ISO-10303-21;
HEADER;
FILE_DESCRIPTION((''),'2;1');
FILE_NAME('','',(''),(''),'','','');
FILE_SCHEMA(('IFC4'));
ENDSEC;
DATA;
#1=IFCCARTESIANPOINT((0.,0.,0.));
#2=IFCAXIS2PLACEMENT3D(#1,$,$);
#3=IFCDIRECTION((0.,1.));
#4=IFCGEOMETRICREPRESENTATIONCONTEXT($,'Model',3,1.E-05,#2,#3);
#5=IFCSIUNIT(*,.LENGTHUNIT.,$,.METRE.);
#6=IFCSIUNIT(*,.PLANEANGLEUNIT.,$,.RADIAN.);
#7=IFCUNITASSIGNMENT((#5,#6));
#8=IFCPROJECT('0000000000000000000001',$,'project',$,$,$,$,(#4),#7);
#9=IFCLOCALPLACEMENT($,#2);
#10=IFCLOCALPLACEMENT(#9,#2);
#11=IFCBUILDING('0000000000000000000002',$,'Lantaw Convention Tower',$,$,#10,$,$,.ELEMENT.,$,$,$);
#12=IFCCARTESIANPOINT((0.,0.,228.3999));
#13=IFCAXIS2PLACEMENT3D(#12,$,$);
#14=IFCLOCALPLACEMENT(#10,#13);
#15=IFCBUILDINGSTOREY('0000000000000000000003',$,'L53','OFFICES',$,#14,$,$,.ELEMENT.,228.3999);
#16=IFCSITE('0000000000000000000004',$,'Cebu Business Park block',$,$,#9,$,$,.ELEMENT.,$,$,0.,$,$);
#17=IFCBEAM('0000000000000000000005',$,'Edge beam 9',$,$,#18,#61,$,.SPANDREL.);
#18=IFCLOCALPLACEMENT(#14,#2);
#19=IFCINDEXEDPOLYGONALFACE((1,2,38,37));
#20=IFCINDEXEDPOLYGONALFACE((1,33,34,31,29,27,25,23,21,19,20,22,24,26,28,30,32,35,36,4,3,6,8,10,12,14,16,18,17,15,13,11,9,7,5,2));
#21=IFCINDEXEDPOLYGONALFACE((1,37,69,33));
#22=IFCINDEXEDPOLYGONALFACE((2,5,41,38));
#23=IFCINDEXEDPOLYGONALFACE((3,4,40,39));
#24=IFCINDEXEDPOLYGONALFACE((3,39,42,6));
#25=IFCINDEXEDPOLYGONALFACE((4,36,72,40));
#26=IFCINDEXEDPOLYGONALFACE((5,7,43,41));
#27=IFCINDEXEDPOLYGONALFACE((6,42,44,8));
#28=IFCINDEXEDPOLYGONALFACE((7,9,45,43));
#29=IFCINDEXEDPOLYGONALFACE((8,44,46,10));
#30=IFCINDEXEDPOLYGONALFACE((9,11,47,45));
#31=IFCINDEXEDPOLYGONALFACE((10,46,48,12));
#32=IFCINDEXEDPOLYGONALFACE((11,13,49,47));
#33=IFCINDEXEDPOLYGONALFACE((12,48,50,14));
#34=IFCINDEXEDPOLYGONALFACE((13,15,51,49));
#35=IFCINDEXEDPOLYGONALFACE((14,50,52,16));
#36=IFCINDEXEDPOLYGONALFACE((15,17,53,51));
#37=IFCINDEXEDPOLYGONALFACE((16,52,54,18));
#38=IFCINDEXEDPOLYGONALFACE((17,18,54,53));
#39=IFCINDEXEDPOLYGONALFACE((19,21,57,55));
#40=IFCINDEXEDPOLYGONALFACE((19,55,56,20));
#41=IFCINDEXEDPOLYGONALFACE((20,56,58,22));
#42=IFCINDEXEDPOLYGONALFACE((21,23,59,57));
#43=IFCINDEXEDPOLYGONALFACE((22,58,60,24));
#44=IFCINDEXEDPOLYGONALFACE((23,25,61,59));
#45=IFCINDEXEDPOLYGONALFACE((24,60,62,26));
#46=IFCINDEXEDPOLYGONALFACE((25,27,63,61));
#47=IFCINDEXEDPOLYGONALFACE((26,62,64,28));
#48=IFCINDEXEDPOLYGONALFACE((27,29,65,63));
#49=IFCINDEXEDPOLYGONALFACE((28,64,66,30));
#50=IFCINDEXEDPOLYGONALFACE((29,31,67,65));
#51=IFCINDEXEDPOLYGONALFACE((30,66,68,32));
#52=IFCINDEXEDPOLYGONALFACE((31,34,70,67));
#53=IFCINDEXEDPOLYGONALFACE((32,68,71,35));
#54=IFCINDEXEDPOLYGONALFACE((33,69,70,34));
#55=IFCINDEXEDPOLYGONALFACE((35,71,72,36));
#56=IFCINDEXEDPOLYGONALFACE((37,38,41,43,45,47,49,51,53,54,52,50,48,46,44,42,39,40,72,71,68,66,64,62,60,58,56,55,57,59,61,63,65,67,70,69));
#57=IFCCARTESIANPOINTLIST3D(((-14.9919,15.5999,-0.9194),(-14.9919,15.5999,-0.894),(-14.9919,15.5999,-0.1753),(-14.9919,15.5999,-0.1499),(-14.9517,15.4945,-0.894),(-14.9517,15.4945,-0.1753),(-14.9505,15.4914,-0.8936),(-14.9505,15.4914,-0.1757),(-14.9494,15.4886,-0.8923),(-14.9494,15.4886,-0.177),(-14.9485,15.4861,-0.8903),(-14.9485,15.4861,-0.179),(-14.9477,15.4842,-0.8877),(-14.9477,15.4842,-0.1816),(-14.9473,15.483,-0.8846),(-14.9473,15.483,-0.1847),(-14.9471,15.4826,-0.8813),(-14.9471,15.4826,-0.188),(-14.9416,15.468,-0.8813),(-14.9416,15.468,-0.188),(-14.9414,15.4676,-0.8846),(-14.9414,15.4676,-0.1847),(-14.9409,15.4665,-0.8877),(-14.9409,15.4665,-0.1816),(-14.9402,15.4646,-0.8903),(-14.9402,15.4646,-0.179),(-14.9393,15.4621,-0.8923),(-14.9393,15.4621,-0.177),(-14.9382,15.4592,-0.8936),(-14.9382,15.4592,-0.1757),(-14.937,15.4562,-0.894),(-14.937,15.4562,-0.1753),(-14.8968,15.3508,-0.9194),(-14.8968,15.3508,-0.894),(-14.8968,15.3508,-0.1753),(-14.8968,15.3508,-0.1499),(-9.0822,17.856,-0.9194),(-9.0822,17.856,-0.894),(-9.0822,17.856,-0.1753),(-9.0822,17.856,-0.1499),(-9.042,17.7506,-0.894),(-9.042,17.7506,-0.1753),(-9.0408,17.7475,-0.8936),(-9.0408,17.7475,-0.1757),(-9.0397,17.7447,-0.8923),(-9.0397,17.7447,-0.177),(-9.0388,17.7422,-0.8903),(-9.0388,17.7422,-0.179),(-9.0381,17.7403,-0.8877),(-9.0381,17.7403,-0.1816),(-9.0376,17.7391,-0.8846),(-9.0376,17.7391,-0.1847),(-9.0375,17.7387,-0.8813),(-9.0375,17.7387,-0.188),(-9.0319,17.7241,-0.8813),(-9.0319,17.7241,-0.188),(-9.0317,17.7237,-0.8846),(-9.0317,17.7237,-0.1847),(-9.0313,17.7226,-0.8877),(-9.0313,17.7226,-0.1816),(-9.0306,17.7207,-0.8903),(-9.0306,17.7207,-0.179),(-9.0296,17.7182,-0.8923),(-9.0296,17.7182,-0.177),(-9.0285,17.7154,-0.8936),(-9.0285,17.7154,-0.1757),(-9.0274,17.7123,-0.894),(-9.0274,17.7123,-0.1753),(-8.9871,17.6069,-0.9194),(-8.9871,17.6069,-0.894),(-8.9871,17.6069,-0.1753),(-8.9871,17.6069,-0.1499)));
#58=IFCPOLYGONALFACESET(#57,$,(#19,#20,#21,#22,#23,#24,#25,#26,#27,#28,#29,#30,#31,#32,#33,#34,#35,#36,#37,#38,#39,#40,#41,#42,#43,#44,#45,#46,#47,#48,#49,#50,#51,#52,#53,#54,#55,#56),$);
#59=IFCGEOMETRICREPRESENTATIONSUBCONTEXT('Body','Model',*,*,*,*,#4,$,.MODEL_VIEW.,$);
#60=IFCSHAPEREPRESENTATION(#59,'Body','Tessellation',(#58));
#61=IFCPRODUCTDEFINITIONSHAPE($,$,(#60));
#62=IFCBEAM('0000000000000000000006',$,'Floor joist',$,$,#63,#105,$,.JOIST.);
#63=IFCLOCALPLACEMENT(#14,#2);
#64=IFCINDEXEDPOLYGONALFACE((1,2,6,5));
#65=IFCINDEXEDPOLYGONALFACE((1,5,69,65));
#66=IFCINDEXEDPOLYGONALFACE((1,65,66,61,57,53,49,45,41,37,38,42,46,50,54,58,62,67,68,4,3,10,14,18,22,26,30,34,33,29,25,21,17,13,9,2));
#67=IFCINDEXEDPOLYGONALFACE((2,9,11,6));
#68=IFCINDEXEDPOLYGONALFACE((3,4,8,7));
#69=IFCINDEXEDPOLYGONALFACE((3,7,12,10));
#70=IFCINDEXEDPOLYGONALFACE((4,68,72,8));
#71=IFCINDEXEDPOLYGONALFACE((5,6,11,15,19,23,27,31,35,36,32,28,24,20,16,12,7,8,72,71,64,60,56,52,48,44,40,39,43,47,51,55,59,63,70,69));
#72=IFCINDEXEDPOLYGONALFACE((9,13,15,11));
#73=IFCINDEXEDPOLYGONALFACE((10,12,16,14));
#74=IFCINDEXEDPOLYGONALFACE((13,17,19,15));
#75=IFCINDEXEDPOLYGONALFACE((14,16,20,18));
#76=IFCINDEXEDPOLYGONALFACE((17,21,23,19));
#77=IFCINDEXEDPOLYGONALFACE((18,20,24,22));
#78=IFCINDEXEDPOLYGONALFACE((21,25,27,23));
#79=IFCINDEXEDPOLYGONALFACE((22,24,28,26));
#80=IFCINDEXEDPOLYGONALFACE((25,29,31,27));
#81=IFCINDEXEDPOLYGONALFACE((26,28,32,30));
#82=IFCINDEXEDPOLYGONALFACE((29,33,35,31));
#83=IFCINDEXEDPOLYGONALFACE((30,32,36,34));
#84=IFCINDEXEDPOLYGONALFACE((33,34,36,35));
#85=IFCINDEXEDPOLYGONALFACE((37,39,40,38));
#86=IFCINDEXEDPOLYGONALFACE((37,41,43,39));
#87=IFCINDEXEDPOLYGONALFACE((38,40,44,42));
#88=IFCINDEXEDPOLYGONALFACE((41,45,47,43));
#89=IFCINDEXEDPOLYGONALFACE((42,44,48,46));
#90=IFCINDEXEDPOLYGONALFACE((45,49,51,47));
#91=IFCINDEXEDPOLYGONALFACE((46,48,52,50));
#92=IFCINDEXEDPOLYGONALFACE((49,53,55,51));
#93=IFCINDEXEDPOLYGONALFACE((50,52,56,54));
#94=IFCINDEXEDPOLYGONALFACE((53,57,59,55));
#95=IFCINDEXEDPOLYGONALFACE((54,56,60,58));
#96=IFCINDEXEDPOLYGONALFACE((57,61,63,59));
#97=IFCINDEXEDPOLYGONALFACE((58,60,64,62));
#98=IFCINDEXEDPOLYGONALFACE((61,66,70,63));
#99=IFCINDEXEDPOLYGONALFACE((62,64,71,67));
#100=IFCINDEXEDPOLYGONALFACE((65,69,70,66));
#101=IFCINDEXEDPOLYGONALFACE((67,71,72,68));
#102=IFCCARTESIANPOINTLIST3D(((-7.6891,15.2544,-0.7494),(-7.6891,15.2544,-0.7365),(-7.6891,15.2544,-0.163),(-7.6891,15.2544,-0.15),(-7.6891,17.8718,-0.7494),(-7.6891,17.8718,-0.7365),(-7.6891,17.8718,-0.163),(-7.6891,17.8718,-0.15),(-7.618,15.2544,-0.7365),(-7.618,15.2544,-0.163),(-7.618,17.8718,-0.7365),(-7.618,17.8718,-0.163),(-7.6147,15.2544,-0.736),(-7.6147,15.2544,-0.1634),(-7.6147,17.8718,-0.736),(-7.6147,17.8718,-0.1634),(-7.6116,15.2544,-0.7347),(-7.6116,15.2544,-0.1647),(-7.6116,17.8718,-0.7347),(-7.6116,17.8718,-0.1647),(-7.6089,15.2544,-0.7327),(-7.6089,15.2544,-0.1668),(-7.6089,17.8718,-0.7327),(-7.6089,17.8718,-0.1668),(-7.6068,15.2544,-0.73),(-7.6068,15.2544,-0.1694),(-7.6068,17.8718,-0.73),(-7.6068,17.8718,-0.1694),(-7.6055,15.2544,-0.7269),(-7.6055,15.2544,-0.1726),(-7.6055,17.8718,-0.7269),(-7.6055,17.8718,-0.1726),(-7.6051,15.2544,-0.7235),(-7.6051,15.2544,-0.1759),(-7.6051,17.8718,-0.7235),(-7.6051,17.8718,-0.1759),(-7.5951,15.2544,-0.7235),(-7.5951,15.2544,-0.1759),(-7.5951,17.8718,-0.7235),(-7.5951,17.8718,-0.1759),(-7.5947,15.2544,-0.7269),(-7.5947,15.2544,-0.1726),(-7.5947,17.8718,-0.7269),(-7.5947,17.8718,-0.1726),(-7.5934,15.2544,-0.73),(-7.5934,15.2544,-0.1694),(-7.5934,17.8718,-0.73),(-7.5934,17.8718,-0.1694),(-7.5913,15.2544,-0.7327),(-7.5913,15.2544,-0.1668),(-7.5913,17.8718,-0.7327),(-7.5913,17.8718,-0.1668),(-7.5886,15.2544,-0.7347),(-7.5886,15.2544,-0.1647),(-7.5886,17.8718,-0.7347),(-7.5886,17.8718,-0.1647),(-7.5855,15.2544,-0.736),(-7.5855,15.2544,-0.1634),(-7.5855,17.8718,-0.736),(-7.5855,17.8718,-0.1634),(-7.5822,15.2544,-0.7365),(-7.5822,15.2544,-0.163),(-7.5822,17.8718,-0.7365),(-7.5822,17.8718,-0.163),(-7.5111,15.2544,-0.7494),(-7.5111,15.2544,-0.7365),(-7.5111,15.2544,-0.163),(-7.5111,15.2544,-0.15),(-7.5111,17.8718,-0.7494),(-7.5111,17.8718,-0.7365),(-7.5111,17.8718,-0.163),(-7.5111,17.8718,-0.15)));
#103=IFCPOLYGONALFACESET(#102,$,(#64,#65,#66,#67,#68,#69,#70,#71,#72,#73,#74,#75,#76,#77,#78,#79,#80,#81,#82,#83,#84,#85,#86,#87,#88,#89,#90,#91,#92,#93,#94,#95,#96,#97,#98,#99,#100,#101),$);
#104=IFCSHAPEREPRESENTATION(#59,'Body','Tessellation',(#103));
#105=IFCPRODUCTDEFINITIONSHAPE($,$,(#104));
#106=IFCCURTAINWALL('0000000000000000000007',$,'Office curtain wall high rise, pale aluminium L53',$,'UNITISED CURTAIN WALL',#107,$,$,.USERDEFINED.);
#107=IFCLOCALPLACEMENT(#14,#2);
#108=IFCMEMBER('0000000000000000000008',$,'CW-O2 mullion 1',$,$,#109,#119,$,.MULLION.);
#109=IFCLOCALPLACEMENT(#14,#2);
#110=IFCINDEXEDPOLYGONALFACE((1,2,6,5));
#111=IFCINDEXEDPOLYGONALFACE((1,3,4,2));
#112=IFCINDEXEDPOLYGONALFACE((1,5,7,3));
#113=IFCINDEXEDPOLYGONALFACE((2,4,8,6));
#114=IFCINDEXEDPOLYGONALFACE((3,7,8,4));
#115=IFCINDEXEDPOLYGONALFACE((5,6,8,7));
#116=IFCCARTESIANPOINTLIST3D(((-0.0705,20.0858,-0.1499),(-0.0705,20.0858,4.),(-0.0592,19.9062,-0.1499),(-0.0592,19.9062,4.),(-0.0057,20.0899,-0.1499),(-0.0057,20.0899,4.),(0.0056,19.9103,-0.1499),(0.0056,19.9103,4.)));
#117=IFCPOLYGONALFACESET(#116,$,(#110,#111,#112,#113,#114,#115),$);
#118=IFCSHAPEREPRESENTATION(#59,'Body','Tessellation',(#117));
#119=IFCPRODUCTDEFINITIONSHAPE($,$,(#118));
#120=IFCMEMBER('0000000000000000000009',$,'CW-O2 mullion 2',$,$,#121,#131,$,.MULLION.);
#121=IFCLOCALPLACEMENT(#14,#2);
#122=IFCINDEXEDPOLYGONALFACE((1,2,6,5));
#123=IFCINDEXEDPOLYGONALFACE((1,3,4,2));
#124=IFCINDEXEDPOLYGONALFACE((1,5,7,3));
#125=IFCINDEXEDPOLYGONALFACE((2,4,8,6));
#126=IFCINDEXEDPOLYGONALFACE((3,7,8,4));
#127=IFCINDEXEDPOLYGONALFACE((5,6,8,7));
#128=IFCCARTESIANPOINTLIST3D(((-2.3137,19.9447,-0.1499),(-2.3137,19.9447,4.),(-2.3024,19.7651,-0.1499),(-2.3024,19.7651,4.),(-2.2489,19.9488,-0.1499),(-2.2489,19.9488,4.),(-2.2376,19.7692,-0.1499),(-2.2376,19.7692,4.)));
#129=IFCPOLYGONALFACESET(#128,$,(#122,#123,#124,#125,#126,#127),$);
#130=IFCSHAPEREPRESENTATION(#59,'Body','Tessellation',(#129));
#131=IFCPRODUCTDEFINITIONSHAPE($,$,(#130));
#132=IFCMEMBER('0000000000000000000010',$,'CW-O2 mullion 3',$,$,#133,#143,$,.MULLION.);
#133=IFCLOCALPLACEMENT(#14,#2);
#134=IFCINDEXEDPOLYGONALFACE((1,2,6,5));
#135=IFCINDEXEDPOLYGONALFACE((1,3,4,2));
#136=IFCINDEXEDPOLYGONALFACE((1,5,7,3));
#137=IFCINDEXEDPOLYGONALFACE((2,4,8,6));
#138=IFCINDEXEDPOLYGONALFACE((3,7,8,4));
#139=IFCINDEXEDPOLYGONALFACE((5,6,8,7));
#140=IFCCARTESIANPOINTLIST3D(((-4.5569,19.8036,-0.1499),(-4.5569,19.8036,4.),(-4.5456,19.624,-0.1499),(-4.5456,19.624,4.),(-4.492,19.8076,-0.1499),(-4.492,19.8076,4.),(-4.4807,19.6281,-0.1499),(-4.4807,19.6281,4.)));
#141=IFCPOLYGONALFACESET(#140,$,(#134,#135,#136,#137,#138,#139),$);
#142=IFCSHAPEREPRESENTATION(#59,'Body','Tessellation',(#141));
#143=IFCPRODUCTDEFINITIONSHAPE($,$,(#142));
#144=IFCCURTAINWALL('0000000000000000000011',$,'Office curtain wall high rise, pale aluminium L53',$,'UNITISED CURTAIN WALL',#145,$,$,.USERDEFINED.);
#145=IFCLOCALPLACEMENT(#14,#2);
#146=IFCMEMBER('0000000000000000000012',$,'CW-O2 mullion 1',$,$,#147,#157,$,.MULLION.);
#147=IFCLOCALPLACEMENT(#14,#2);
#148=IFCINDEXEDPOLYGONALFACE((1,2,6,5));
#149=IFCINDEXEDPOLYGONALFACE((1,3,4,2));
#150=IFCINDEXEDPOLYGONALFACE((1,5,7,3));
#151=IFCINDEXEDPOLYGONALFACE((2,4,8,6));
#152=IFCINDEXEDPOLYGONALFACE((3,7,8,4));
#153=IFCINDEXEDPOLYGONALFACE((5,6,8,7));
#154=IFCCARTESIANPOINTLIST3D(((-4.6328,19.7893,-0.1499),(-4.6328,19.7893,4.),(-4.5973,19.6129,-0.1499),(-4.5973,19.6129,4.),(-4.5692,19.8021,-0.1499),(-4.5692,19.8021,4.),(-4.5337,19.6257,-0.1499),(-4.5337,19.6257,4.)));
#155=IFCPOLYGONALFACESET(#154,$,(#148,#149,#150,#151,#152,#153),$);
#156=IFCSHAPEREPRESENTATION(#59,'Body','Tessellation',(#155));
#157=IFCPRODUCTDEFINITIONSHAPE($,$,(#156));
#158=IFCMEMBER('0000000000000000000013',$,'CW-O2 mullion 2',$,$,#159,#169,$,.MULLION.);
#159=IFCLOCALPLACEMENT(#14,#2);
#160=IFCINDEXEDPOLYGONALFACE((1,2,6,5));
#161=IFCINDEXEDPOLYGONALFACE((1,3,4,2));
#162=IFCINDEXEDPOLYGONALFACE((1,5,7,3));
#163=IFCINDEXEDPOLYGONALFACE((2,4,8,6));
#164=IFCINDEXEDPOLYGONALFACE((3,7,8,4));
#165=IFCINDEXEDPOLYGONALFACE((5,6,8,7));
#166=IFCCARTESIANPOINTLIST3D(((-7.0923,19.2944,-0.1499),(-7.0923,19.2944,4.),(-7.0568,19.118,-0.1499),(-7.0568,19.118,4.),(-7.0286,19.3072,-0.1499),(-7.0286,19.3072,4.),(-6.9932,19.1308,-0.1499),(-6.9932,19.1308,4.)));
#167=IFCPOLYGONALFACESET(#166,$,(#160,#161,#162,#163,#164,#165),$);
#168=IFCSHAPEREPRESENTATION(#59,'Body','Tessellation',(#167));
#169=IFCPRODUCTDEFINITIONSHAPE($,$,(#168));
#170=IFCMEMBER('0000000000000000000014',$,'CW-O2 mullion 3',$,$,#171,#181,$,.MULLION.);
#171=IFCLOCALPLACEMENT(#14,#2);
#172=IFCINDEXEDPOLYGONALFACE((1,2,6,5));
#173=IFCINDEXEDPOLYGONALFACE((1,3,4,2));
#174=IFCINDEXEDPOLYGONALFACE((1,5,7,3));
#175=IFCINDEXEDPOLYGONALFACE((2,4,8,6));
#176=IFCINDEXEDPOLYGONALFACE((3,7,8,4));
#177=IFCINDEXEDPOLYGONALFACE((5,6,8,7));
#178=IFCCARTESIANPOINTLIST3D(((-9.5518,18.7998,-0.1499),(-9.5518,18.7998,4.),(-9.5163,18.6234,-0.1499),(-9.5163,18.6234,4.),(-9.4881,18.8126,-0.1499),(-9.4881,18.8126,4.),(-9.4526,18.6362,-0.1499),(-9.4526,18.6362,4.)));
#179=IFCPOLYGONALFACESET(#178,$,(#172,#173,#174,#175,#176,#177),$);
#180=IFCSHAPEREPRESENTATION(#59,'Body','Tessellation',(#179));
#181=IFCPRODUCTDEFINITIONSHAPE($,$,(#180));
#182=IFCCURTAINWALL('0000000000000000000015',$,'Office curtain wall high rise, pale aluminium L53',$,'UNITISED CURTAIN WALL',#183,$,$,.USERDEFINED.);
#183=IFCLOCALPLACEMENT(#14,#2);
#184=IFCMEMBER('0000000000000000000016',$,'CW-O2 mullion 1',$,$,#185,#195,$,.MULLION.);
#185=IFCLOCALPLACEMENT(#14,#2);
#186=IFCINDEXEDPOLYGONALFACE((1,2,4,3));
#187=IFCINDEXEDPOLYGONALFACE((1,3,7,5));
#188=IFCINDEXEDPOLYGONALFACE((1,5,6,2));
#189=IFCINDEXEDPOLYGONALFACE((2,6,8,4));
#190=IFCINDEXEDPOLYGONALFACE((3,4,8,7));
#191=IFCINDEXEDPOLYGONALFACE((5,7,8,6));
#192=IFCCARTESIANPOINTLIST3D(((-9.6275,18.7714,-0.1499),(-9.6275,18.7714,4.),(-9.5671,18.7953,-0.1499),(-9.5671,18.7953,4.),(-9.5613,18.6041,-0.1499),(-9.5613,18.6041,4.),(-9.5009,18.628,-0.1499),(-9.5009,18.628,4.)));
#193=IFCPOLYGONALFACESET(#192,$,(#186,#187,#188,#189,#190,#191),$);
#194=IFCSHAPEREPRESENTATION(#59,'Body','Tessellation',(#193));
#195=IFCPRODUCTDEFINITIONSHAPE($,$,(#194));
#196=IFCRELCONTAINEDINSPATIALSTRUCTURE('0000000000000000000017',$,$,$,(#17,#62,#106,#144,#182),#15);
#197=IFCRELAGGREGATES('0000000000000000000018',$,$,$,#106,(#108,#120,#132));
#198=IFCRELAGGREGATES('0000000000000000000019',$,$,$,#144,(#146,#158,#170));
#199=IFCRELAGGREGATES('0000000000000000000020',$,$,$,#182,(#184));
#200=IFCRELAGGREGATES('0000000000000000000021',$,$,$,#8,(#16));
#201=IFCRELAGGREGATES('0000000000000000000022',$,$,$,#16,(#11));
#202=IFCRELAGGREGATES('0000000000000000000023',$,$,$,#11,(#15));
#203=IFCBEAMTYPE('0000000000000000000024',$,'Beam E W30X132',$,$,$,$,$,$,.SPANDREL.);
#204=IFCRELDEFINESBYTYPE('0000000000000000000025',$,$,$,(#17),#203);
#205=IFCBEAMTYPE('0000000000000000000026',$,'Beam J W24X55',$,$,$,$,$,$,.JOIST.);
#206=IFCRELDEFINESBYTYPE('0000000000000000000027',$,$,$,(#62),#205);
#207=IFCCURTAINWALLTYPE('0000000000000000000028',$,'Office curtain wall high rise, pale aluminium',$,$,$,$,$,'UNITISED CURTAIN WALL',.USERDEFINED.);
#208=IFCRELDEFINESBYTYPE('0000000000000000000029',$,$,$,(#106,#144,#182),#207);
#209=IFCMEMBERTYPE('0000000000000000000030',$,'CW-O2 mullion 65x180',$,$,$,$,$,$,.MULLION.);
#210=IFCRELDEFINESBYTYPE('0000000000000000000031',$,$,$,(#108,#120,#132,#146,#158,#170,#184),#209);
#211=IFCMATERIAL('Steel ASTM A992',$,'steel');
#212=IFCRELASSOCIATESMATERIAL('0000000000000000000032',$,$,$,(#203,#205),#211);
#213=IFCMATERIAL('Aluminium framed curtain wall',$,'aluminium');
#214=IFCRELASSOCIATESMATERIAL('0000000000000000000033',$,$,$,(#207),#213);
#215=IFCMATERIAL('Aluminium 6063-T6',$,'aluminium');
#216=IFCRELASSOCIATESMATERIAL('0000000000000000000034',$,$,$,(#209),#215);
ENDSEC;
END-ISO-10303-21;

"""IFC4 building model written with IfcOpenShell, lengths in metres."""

from ifc_helpers import new_model, si_unit, direction, frame, origin, origin_2d, place, context, subcontext, project, spatial, rectangle, i_section, extrude, material, material_profile, profile_set, type_object, element, aggregate, save


model = new_model("IFC4")

# Units and contexts
model_context = context("Model", 3, precision=1e-05, world=origin(), true_north=direction((0.0, 1.0)))
body_context = subcontext(model_context, "Body", "Model", "MODEL_VIEW")
ifc_project = project(units=[si_unit("LENGTHUNIT", "METRE"), si_unit("PLANEANGLEUNIT", "RADIAN")], contexts=[model_context])

# Site, building, storey
site_placement = place(None, origin())
site = spatial("IfcSite", under=ifc_project, at=site_placement, Name="Cebu Business Park block", CompositionType="ELEMENT", RefElevation=0.0)
building_placement = place(site_placement, origin())
building = spatial("IfcBuilding", under=site, at=building_placement, Name="Lantaw Convention Tower", CompositionType="ELEMENT")
storey_placement = place(building_placement, frame((0.0, 0.0, 228.3999)))
storey = spatial("IfcBuildingStorey", under=building, at=storey_placement, Name="L53", Description="OFFICES", CompositionType="ELEMENT", Elevation=228.3999)

# Beams
ifc_material_1 = material(Name="Steel ASTM A992", Category="steel")
ifc_material_profile_1 = material_profile(ifc_material_1, i_section(OverallWidth=0.2666, OverallDepth=0.7695, WebThickness=0.0156, FlangeThickness=0.0254, FilletRadius=0.0127, at=origin_2d()), Name="W30X132")
ifc_profile_set_1 = profile_set([ifc_material_profile_1], Name="Steel ASTM A992")
beam_type_1 = type_object("IfcBeamType", Name="Beam E W30X132", PredefinedType="SPANDREL", material=ifc_profile_set_1)
beam_1_placement = place(storey_placement, frame((-9.0347, 17.7314, -0.5347), z_axis=(-0.934235, -0.356658, 0.0), x_axis=(0.356658, -0.934235, 0.0)))
element("IfcBeam", 1, at=beam_1_placement, inside=storey, type_object=beam_type_1, Name="Edge beam 9", PredefinedType="SPANDREL", context=body_context, shape_type="SweptSolid", body=[
    extrude(i_section(OverallWidth=0.2666, OverallDepth=0.7695, WebThickness=0.0156, FlangeThickness=0.0254, FilletRadius=0.0127, at=origin_2d()), origin(), (0.0, 0.0, 1.0), 6.3257),
])
ifc_material_profile_2 = material_profile(ifc_material_1, i_section(OverallWidth=0.178, OverallDepth=0.5994, WebThickness=0.01, FlangeThickness=0.0129, FilletRadius=0.0129, at=origin_2d()), Name="W24X55")
ifc_profile_set_2 = profile_set([ifc_material_profile_2], Name="Steel ASTM A992")
beam_type_2 = type_object("IfcBeamType", Name="Beam J W24X55", PredefinedType="JOIST", material=ifc_profile_set_2)
beam_2_placement = place(storey_placement, frame((-7.6001, 15.2544, -0.4497), z_axis=(0.0, 1.0, 0.0), x_axis=(-1.0, 0.0, 0.0)))
element("IfcBeam", 2, at=beam_2_placement, inside=storey, type_object=beam_type_2, Name="Floor joist", PredefinedType="JOIST", context=body_context, shape_type="SweptSolid", body=[
    extrude(i_section(OverallWidth=0.178, OverallDepth=0.5994, WebThickness=0.01, FlangeThickness=0.0129, FilletRadius=0.0129, at=origin_2d()), origin(), (0.0, 0.0, 1.0), 2.6174),
])

# Curtain walls, members
ifc_material_2 = material(Name="Aluminium framed curtain wall", Category="aluminium")
curtain_wall_type = type_object("IfcCurtainWallType", Name="Office curtain wall high rise, pale aluminium", ElementType="UNITISED CURTAIN WALL", PredefinedType="USERDEFINED", material=ifc_material_2)
curtain_wall_1_placement = place(storey_placement, origin())
curtain_wall_1 = element("IfcCurtainWall", 3, at=curtain_wall_1_placement, inside=storey, type_object=curtain_wall_type, Name="Office curtain wall high rise, pale aluminium L53", ObjectType="UNITISED CURTAIN WALL", PredefinedType="USERDEFINED")
ifc_material_3 = material(Name="Aluminium 6063-T6", Category="aluminium")
ifc_material_profile_3 = material_profile(ifc_material_3, rectangle(XDim=0.1799, YDim=0.0649, at=origin_2d()), Name="CW-O2 mullion 65x180")
ifc_profile_set_3 = profile_set([ifc_material_profile_3], Name="Aluminium 6063-T6")
member_type_1 = type_object("IfcMemberType", Name="CW-O2 mullion 65x180", PredefinedType="MULLION", material=ifc_profile_set_3)
member_1_placement = place(storey_placement, frame((-0.0325, 19.998, -0.1499), z_axis=(0.0, 0.0, 1.0), x_axis=(0.062758, -0.998029, 0.0)))
member_1 = element("IfcMember", 4, at=member_1_placement, type_object=member_type_1, Name="CW-O2 mullion 1", PredefinedType="MULLION", context=body_context, shape_type="SweptSolid", body=[
    extrude(rectangle(XDim=0.1799, YDim=0.0649, at=origin_2d()), origin(), (0.0, 0.0, 1.0), 4.1499),
])
member_2_placement = place(storey_placement, frame((-2.2756, 19.8569, -0.1499), z_axis=(0.0, 0.0, 1.0), x_axis=(0.062758, -0.998029, 0.0)))
member_2 = element("IfcMember", 5, at=member_2_placement, type_object=member_type_1, Name="CW-O2 mullion 2", PredefinedType="MULLION", context=body_context, shape_type="SweptSolid", body=[
    extrude(rectangle(XDim=0.1799, YDim=0.0649, at=origin_2d()), origin(), (0.0, 0.0, 1.0), 4.1499),
])
member_3_placement = place(storey_placement, frame((-4.5188, 19.7158, -0.1499), z_axis=(0.0, 0.0, 1.0), x_axis=(0.062758, -0.998029, 0.0)))
member_3 = element("IfcMember", 6, at=member_3_placement, type_object=member_type_1, Name="CW-O2 mullion 3", PredefinedType="MULLION", context=body_context, shape_type="SweptSolid", body=[
    extrude(rectangle(XDim=0.1799, YDim=0.0649, at=origin_2d()), origin(), (0.0, 0.0, 1.0), 4.1499),
])
curtain_wall_2_placement = place(storey_placement, origin())
curtain_wall_2 = element("IfcCurtainWall", 7, at=curtain_wall_2_placement, inside=storey, type_object=curtain_wall_type, Name="Office curtain wall high rise, pale aluminium L53", ObjectType="UNITISED CURTAIN WALL", PredefinedType="USERDEFINED")
member_4_placement = place(storey_placement, frame((-4.5833, 19.7075, -0.1499), z_axis=(0.0, 0.0, 1.0), x_axis=(0.197183, -0.980367, 0.0)))
member_4 = element("IfcMember", 8, at=member_4_placement, type_object=member_type_1, Name="CW-O2 mullion 1", PredefinedType="MULLION", context=body_context, shape_type="SweptSolid", body=[
    extrude(rectangle(XDim=0.1799, YDim=0.0649, at=origin_2d()), origin(), (0.0, 0.0, 1.0), 4.1499),
])
member_5_placement = place(storey_placement, frame((-7.0427, 19.2126, -0.1499), z_axis=(0.0, 0.0, 1.0), x_axis=(0.197183, -0.980367, 0.0)))
member_5 = element("IfcMember", 9, at=member_5_placement, type_object=member_type_1, Name="CW-O2 mullion 2", PredefinedType="MULLION", context=body_context, shape_type="SweptSolid", body=[
    extrude(rectangle(XDim=0.1799, YDim=0.0649, at=origin_2d()), origin(), (0.0, 0.0, 1.0), 4.1499),
])
member_6_placement = place(storey_placement, frame((-9.5022, 18.718, -0.1499), z_axis=(0.0, 0.0, 1.0), x_axis=(0.197183, -0.980367, 0.0)))
member_6 = element("IfcMember", 10, at=member_6_placement, type_object=member_type_1, Name="CW-O2 mullion 3", PredefinedType="MULLION", context=body_context, shape_type="SweptSolid", body=[
    extrude(rectangle(XDim=0.1799, YDim=0.0649, at=origin_2d()), origin(), (0.0, 0.0, 1.0), 4.1499),
])

# Curtain wall, member
curtain_wall_3_placement = place(storey_placement, origin())
curtain_wall_3 = element("IfcCurtainWall", 11, at=curtain_wall_3_placement, inside=storey, type_object=curtain_wall_type, Name="Office curtain wall high rise, pale aluminium L53", ObjectType="UNITISED CURTAIN WALL", PredefinedType="USERDEFINED")
member_7_placement = place(storey_placement, frame((-9.5642, 18.6997, -0.1499), z_axis=(0.0, 0.0, 1.0), x_axis=(0.368162, -0.929762, 0.0)))
member_7 = element("IfcMember", 12, at=member_7_placement, type_object=member_type_1, Name="CW-O2 mullion 1", PredefinedType="MULLION", context=body_context, shape_type="SweptSolid", body=[
    extrude(rectangle(XDim=0.1799, YDim=0.0649, at=origin_2d()), origin(), (0.0, 0.0, 1.0), 4.1499),
])

aggregate(curtain_wall_1, [member_1, member_2, member_3])
aggregate(curtain_wall_2, [member_4, member_5, member_6])
aggregate(curtain_wall_3, [member_7])

save(model, "model.ifc")
